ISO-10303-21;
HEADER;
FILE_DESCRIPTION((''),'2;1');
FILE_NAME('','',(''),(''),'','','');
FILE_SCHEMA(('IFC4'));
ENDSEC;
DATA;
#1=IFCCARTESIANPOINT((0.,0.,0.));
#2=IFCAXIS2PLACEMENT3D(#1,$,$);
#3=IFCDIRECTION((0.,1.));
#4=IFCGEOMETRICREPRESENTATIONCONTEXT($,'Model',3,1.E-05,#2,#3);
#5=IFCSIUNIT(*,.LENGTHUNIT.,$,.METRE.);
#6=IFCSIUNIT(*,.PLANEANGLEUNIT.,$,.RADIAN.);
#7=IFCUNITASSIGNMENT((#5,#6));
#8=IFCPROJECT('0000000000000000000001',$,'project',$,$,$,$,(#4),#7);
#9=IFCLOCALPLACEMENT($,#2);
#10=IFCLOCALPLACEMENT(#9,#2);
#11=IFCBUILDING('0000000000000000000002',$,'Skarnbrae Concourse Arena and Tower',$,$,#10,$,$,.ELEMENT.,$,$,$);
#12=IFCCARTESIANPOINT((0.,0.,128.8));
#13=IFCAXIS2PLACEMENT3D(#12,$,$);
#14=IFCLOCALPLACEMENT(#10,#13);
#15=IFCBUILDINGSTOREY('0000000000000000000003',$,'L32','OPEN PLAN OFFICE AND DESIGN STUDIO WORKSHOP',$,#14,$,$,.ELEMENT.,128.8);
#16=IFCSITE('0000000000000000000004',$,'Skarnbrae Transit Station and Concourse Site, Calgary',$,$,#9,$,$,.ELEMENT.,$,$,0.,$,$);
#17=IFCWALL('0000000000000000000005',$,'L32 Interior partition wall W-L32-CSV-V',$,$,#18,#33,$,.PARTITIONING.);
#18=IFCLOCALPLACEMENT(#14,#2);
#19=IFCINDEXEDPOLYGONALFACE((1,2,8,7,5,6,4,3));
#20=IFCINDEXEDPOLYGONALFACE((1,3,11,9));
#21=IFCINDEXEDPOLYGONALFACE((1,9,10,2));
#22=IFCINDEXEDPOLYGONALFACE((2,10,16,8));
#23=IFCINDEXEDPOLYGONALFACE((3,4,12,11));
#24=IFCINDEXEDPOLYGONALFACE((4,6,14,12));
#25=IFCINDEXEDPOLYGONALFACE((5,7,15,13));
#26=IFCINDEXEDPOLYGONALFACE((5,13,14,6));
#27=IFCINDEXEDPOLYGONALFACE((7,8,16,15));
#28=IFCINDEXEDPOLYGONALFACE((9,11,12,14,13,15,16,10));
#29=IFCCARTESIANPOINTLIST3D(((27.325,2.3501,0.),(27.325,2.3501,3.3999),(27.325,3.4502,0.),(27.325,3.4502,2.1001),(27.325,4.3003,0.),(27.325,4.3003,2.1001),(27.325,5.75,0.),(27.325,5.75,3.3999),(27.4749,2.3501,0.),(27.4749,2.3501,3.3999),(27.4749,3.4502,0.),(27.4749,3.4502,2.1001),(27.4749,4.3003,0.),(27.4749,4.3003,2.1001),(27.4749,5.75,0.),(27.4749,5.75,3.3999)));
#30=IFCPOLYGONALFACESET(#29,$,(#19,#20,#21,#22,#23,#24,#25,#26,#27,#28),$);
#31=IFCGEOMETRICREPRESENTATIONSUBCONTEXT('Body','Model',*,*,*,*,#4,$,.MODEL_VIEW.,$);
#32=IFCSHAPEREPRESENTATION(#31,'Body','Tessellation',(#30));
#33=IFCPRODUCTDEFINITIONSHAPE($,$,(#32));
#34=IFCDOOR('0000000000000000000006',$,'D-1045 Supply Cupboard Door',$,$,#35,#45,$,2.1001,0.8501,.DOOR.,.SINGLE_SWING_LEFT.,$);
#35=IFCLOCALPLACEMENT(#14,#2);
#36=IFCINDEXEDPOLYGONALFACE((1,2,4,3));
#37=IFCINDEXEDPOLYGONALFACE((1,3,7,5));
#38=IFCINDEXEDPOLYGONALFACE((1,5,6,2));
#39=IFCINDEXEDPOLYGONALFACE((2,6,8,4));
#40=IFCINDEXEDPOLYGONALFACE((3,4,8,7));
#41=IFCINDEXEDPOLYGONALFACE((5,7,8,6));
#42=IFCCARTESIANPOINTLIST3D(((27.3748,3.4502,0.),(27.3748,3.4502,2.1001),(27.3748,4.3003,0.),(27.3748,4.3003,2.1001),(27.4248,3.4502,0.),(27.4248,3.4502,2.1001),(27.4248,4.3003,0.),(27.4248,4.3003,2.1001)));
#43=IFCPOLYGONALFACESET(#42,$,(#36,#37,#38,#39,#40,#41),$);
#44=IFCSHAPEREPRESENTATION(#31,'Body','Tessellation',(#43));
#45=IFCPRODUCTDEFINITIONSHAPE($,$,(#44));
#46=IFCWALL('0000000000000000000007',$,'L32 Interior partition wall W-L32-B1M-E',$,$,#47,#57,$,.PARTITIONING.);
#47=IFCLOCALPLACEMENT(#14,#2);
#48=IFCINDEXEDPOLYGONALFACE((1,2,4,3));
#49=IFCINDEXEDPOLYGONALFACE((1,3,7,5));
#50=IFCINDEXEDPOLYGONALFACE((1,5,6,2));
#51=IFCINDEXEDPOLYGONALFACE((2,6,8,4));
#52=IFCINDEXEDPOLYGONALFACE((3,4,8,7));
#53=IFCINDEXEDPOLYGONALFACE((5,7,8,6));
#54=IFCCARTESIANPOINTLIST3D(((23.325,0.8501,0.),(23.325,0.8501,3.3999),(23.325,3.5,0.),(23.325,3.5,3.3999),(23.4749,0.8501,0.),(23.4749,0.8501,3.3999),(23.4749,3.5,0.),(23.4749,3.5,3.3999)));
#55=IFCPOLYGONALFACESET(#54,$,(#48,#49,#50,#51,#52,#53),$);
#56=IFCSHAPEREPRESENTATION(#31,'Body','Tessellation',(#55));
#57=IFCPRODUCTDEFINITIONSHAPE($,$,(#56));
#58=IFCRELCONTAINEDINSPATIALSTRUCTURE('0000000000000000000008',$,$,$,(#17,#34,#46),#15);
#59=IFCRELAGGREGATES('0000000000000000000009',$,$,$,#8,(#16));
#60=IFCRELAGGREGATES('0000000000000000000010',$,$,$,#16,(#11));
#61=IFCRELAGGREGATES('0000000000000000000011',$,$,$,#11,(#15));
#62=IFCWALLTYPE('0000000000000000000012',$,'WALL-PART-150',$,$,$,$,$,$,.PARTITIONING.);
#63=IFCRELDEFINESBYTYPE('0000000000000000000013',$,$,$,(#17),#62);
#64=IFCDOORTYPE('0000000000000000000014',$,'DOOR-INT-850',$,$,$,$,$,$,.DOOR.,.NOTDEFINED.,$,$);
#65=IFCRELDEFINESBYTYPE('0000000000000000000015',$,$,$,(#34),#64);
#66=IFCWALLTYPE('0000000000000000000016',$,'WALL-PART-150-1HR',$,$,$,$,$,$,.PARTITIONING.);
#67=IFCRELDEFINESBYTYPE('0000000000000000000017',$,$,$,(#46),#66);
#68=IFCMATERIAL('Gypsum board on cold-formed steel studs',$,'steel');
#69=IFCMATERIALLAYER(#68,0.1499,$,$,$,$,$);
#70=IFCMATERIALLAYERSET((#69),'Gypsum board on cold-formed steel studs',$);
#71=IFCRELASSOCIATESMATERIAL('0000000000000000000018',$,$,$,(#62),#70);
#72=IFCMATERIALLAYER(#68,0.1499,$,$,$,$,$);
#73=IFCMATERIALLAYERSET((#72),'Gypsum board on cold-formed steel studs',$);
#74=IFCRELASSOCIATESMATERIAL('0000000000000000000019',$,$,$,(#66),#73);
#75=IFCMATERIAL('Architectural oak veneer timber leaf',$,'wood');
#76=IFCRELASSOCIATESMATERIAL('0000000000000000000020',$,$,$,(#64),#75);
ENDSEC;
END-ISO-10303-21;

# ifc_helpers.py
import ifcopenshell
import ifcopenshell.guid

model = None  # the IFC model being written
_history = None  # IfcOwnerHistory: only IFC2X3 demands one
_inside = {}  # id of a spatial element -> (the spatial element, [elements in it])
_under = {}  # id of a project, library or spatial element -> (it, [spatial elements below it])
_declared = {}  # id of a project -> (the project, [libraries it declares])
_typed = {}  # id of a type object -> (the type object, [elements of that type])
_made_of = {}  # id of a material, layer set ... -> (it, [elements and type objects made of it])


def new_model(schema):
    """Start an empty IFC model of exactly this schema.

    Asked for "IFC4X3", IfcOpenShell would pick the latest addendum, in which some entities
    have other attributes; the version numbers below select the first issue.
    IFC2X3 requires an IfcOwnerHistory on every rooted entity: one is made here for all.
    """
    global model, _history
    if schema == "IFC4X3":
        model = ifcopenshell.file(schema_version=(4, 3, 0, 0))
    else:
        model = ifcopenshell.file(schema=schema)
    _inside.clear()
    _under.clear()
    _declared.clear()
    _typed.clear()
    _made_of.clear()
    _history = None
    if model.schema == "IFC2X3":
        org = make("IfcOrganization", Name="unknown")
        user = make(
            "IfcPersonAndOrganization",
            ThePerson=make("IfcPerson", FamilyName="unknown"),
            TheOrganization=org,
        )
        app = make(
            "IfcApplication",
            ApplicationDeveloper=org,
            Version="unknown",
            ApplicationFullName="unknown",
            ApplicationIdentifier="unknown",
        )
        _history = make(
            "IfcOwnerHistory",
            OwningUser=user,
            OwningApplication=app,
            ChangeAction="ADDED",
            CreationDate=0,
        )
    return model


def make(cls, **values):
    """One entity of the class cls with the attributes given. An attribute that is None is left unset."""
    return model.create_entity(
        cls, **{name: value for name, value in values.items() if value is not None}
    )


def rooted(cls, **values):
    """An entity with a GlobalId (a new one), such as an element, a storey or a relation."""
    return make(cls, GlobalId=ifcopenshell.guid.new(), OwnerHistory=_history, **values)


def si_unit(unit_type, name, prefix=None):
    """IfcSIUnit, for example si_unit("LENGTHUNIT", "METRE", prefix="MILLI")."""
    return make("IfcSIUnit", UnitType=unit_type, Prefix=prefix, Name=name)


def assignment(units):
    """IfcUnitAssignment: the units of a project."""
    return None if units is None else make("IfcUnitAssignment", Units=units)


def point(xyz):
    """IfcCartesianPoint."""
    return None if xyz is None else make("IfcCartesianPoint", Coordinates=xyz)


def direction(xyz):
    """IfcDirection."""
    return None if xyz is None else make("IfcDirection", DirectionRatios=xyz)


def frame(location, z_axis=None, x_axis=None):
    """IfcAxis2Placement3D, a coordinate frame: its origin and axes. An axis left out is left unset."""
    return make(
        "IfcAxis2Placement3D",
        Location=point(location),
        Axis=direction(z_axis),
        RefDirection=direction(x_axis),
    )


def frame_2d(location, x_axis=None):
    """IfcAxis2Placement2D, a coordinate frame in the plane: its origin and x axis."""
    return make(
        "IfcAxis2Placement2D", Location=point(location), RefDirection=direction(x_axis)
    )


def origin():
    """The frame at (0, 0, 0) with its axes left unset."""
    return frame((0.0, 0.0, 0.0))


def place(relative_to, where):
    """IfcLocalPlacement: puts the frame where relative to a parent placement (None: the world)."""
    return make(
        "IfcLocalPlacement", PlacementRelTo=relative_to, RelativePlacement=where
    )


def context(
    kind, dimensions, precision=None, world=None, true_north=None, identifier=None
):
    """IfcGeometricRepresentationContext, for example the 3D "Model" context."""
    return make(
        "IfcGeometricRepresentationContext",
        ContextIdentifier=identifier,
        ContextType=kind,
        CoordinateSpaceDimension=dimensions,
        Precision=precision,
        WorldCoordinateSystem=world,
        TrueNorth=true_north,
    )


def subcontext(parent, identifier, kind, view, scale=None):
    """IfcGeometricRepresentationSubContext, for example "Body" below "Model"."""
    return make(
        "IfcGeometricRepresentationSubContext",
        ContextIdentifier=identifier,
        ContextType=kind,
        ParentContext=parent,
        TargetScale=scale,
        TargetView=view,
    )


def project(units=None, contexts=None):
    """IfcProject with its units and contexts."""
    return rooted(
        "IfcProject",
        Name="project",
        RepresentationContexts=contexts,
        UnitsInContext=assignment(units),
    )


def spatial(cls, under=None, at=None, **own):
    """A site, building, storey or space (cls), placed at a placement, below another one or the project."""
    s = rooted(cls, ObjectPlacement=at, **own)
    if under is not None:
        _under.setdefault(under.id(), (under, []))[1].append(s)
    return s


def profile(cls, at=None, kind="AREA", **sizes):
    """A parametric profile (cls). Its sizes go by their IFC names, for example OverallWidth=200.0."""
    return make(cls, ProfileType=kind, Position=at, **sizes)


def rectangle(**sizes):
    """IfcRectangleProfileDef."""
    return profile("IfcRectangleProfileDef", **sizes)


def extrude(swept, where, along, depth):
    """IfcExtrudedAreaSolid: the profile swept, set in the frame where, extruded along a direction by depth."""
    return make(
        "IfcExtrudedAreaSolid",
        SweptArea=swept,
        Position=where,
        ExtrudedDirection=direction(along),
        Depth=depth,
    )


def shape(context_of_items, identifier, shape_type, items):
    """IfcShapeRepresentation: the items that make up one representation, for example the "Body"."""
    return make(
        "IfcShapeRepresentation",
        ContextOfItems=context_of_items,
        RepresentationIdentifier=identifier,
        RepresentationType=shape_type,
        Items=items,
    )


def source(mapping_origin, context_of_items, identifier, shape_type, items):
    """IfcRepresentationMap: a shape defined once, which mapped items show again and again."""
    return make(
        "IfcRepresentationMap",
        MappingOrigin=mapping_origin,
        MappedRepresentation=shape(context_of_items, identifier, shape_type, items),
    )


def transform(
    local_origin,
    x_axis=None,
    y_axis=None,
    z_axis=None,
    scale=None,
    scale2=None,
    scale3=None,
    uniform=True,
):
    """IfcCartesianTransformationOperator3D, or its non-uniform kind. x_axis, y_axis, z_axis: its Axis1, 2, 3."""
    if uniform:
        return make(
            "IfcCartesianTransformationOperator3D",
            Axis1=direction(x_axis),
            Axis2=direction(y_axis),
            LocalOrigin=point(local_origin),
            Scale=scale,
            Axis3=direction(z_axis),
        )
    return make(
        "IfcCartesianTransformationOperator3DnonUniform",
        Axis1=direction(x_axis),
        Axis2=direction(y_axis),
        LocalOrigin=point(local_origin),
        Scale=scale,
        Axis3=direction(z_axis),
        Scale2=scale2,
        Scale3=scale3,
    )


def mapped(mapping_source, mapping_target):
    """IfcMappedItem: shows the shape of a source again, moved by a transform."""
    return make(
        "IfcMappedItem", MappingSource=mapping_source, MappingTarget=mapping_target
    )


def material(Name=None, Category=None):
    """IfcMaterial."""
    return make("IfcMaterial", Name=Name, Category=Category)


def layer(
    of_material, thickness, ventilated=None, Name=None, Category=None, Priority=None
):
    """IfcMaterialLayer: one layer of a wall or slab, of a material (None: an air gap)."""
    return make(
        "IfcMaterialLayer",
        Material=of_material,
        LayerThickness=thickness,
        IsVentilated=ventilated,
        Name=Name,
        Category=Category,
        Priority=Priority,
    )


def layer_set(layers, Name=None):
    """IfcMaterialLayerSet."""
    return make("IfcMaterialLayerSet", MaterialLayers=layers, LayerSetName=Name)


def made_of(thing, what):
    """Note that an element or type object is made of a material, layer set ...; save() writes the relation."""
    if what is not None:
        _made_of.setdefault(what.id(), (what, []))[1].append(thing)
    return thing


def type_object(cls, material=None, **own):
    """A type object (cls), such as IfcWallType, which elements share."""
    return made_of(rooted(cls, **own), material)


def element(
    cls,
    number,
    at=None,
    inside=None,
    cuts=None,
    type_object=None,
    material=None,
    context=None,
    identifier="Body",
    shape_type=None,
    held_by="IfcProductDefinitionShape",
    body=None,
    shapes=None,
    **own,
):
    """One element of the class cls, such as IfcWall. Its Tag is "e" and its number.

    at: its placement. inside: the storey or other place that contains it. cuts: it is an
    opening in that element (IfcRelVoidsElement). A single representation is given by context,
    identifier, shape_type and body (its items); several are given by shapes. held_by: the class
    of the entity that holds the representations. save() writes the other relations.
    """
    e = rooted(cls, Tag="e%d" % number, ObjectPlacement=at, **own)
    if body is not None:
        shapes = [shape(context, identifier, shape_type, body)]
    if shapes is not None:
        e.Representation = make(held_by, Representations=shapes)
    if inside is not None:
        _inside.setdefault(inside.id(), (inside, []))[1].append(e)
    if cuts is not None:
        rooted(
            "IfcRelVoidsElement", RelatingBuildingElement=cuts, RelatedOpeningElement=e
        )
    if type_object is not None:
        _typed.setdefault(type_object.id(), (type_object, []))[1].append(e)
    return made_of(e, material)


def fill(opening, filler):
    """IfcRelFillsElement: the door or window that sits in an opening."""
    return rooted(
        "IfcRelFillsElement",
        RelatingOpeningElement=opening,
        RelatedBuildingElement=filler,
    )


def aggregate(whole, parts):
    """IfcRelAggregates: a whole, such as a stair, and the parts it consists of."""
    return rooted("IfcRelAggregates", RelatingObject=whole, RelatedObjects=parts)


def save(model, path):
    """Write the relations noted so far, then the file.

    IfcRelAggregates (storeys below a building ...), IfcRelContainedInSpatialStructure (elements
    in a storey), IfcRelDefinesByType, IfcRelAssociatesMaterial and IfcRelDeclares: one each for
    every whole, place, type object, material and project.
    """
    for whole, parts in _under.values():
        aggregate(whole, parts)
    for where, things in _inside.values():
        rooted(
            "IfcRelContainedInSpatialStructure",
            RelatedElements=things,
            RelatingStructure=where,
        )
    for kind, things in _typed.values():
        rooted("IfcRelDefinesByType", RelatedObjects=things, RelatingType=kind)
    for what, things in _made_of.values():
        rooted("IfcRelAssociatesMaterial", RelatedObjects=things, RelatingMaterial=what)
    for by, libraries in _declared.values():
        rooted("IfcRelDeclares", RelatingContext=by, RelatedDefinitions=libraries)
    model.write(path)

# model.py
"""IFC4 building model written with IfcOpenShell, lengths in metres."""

from ifc_helpers import new_model, si_unit, direction, frame, frame_2d, origin, place, context, subcontext, project, spatial, rectangle, extrude, source, transform, mapped, material, layer, layer_set, type_object, element, fill, save


model = new_model("IFC4")

# Units and contexts
model_context = context("Model", 3, precision=1e-05, world=origin(), true_north=direction((0.0, 1.0)))
body_context = subcontext(model_context, "Body", "Model", "MODEL_VIEW")
ifc_project = project(units=[si_unit("LENGTHUNIT", "METRE"), si_unit("PLANEANGLEUNIT", "RADIAN")], contexts=[model_context])

# Site, building, storey
site_placement = place(None, origin())
site = spatial("IfcSite", under=ifc_project, at=site_placement, Name="Skarnbrae Transit Station and Concourse Site, Calgary", CompositionType="ELEMENT", RefElevation=0.0)
building_placement = place(site_placement, origin())
building = spatial("IfcBuilding", under=site, at=building_placement, Name="Skarnbrae Concourse Arena and Tower", CompositionType="ELEMENT")
storey_placement = place(building_placement, frame((0.0, 0.0, 128.8)))
storey = spatial("IfcBuildingStorey", under=building, at=storey_placement, Name="L32", Description="OPEN PLAN OFFICE AND DESIGN STUDIO WORKSHOP", CompositionType="ELEMENT", Elevation=128.8)

# Shared definitions
ifc_material_1 = material(Name="Gypsum board on cold-formed steel studs", Category="steel")
ifc_layer_1 = layer(ifc_material_1, 0.1499)
ifc_layer_set_1 = layer_set([ifc_layer_1], Name="Gypsum board on cold-formed steel studs")
wall_type_1 = type_object("IfcWallType", Name="WALL-PART-150", PredefinedType="PARTITIONING", material=ifc_layer_set_1)

# Shared definitions
ifc_layer_2 = layer(ifc_material_1, 0.1499)
ifc_layer_set_2 = layer_set([ifc_layer_2], Name="Gypsum board on cold-formed steel studs")
wall_type_2 = type_object("IfcWallType", Name="WALL-PART-150-1HR", PredefinedType="PARTITIONING", material=ifc_layer_set_2)

# Wall, opening, door
shared_shape_1 = source(origin(), body_context, "Body", "SweptSolid", [
    extrude(rectangle(XDim=3.3999, YDim=0.1499, at=frame_2d((1.7, 0.0))), origin(), (0.0, 0.0, 1.0), 3.3999),
])
wall_1_placement = place(storey_placement, frame((27.3999, 2.3501, 0.0), z_axis=(0.0, 0.0, 1.0), x_axis=(0.0, 1.0, 0.0)))
wall_1 = element("IfcWall", 1, at=wall_1_placement, inside=storey, type_object=wall_type_1, Name="L32 Interior partition wall W-L32-CSV-V", PredefinedType="PARTITIONING", context=body_context, shape_type="MappedRepresentation", body=[
    mapped(shared_shape_1, transform((0.0, 0.0, 0.0))),
])
opening_1_placement = place(wall_1_placement, frame((1.1001, 0.0, 0.0)))
opening_1 = element("IfcOpeningElement", 2, at=opening_1_placement, cuts=wall_1, PredefinedType="OPENING", context=body_context, shape_type="SweptSolid", body=[
    extrude(rectangle(XDim=0.8501, YDim=2.1001, at=frame_2d((0.425, 1.05))), frame((0.0, 0.085, 0.0), z_axis=(0.0, -1.0, 0.0), x_axis=(1.0, 0.0, 0.0)), (0.0, 0.0, 1.0), 0.1699),
])
ifc_material_2 = material(Name="Architectural oak veneer timber leaf", Category="wood")
door_type_1 = type_object("IfcDoorType", Name="DOOR-INT-850", OperationType="NOTDEFINED", PredefinedType="DOOR", material=ifc_material_2)
shared_shape_2 = source(origin(), body_context, "Body", "SweptSolid", [
    extrude(rectangle(XDim=0.8501, YDim=2.1001, at=frame_2d((0.425, 1.05))), frame((0.0, 0.0249, 0.0), z_axis=(0.0, -1.0, 0.0), x_axis=(1.0, 0.0, 0.0)), (0.0, 0.0, 1.0), 0.05),
])
door_1_placement = place(opening_1_placement, frame((0.8501, 0.0, 0.0), z_axis=(0.0, 0.0, 1.0), x_axis=(-1.0, 0.0, 0.0)))
door_1 = element("IfcDoor", 3, at=door_1_placement, inside=storey, type_object=door_type_1, Name="D-1045 Supply Cupboard Door", OperationType="SINGLE_SWING_LEFT", OverallHeight=2.1001, OverallWidth=0.8501, PredefinedType="DOOR", context=body_context, shape_type="MappedRepresentation", body=[
    mapped(shared_shape_2, transform((0.0, 0.0, 0.0))),
])
fill(opening_1, door_1)

# Wall
shared_shape_3 = source(origin(), body_context, "Body", "SweptSolid", [
    extrude(rectangle(XDim=2.6499, YDim=0.1499, at=frame_2d((1.325, 0.0))), origin(), (0.0, 0.0, 1.0), 3.3999),
])
wall_2_placement = place(storey_placement, frame((23.3999, 0.8501, 0.0), z_axis=(0.0, 0.0, 1.0), x_axis=(0.0, 1.0, 0.0)))
element("IfcWall", 4, at=wall_2_placement, inside=storey, type_object=wall_type_2, Name="L32 Interior partition wall W-L32-B1M-E", PredefinedType="PARTITIONING", context=body_context, shape_type="MappedRepresentation", body=[
    mapped(shared_shape_3, transform((0.0, 0.0, 0.0))),
])

save(model, "model.ifc")
